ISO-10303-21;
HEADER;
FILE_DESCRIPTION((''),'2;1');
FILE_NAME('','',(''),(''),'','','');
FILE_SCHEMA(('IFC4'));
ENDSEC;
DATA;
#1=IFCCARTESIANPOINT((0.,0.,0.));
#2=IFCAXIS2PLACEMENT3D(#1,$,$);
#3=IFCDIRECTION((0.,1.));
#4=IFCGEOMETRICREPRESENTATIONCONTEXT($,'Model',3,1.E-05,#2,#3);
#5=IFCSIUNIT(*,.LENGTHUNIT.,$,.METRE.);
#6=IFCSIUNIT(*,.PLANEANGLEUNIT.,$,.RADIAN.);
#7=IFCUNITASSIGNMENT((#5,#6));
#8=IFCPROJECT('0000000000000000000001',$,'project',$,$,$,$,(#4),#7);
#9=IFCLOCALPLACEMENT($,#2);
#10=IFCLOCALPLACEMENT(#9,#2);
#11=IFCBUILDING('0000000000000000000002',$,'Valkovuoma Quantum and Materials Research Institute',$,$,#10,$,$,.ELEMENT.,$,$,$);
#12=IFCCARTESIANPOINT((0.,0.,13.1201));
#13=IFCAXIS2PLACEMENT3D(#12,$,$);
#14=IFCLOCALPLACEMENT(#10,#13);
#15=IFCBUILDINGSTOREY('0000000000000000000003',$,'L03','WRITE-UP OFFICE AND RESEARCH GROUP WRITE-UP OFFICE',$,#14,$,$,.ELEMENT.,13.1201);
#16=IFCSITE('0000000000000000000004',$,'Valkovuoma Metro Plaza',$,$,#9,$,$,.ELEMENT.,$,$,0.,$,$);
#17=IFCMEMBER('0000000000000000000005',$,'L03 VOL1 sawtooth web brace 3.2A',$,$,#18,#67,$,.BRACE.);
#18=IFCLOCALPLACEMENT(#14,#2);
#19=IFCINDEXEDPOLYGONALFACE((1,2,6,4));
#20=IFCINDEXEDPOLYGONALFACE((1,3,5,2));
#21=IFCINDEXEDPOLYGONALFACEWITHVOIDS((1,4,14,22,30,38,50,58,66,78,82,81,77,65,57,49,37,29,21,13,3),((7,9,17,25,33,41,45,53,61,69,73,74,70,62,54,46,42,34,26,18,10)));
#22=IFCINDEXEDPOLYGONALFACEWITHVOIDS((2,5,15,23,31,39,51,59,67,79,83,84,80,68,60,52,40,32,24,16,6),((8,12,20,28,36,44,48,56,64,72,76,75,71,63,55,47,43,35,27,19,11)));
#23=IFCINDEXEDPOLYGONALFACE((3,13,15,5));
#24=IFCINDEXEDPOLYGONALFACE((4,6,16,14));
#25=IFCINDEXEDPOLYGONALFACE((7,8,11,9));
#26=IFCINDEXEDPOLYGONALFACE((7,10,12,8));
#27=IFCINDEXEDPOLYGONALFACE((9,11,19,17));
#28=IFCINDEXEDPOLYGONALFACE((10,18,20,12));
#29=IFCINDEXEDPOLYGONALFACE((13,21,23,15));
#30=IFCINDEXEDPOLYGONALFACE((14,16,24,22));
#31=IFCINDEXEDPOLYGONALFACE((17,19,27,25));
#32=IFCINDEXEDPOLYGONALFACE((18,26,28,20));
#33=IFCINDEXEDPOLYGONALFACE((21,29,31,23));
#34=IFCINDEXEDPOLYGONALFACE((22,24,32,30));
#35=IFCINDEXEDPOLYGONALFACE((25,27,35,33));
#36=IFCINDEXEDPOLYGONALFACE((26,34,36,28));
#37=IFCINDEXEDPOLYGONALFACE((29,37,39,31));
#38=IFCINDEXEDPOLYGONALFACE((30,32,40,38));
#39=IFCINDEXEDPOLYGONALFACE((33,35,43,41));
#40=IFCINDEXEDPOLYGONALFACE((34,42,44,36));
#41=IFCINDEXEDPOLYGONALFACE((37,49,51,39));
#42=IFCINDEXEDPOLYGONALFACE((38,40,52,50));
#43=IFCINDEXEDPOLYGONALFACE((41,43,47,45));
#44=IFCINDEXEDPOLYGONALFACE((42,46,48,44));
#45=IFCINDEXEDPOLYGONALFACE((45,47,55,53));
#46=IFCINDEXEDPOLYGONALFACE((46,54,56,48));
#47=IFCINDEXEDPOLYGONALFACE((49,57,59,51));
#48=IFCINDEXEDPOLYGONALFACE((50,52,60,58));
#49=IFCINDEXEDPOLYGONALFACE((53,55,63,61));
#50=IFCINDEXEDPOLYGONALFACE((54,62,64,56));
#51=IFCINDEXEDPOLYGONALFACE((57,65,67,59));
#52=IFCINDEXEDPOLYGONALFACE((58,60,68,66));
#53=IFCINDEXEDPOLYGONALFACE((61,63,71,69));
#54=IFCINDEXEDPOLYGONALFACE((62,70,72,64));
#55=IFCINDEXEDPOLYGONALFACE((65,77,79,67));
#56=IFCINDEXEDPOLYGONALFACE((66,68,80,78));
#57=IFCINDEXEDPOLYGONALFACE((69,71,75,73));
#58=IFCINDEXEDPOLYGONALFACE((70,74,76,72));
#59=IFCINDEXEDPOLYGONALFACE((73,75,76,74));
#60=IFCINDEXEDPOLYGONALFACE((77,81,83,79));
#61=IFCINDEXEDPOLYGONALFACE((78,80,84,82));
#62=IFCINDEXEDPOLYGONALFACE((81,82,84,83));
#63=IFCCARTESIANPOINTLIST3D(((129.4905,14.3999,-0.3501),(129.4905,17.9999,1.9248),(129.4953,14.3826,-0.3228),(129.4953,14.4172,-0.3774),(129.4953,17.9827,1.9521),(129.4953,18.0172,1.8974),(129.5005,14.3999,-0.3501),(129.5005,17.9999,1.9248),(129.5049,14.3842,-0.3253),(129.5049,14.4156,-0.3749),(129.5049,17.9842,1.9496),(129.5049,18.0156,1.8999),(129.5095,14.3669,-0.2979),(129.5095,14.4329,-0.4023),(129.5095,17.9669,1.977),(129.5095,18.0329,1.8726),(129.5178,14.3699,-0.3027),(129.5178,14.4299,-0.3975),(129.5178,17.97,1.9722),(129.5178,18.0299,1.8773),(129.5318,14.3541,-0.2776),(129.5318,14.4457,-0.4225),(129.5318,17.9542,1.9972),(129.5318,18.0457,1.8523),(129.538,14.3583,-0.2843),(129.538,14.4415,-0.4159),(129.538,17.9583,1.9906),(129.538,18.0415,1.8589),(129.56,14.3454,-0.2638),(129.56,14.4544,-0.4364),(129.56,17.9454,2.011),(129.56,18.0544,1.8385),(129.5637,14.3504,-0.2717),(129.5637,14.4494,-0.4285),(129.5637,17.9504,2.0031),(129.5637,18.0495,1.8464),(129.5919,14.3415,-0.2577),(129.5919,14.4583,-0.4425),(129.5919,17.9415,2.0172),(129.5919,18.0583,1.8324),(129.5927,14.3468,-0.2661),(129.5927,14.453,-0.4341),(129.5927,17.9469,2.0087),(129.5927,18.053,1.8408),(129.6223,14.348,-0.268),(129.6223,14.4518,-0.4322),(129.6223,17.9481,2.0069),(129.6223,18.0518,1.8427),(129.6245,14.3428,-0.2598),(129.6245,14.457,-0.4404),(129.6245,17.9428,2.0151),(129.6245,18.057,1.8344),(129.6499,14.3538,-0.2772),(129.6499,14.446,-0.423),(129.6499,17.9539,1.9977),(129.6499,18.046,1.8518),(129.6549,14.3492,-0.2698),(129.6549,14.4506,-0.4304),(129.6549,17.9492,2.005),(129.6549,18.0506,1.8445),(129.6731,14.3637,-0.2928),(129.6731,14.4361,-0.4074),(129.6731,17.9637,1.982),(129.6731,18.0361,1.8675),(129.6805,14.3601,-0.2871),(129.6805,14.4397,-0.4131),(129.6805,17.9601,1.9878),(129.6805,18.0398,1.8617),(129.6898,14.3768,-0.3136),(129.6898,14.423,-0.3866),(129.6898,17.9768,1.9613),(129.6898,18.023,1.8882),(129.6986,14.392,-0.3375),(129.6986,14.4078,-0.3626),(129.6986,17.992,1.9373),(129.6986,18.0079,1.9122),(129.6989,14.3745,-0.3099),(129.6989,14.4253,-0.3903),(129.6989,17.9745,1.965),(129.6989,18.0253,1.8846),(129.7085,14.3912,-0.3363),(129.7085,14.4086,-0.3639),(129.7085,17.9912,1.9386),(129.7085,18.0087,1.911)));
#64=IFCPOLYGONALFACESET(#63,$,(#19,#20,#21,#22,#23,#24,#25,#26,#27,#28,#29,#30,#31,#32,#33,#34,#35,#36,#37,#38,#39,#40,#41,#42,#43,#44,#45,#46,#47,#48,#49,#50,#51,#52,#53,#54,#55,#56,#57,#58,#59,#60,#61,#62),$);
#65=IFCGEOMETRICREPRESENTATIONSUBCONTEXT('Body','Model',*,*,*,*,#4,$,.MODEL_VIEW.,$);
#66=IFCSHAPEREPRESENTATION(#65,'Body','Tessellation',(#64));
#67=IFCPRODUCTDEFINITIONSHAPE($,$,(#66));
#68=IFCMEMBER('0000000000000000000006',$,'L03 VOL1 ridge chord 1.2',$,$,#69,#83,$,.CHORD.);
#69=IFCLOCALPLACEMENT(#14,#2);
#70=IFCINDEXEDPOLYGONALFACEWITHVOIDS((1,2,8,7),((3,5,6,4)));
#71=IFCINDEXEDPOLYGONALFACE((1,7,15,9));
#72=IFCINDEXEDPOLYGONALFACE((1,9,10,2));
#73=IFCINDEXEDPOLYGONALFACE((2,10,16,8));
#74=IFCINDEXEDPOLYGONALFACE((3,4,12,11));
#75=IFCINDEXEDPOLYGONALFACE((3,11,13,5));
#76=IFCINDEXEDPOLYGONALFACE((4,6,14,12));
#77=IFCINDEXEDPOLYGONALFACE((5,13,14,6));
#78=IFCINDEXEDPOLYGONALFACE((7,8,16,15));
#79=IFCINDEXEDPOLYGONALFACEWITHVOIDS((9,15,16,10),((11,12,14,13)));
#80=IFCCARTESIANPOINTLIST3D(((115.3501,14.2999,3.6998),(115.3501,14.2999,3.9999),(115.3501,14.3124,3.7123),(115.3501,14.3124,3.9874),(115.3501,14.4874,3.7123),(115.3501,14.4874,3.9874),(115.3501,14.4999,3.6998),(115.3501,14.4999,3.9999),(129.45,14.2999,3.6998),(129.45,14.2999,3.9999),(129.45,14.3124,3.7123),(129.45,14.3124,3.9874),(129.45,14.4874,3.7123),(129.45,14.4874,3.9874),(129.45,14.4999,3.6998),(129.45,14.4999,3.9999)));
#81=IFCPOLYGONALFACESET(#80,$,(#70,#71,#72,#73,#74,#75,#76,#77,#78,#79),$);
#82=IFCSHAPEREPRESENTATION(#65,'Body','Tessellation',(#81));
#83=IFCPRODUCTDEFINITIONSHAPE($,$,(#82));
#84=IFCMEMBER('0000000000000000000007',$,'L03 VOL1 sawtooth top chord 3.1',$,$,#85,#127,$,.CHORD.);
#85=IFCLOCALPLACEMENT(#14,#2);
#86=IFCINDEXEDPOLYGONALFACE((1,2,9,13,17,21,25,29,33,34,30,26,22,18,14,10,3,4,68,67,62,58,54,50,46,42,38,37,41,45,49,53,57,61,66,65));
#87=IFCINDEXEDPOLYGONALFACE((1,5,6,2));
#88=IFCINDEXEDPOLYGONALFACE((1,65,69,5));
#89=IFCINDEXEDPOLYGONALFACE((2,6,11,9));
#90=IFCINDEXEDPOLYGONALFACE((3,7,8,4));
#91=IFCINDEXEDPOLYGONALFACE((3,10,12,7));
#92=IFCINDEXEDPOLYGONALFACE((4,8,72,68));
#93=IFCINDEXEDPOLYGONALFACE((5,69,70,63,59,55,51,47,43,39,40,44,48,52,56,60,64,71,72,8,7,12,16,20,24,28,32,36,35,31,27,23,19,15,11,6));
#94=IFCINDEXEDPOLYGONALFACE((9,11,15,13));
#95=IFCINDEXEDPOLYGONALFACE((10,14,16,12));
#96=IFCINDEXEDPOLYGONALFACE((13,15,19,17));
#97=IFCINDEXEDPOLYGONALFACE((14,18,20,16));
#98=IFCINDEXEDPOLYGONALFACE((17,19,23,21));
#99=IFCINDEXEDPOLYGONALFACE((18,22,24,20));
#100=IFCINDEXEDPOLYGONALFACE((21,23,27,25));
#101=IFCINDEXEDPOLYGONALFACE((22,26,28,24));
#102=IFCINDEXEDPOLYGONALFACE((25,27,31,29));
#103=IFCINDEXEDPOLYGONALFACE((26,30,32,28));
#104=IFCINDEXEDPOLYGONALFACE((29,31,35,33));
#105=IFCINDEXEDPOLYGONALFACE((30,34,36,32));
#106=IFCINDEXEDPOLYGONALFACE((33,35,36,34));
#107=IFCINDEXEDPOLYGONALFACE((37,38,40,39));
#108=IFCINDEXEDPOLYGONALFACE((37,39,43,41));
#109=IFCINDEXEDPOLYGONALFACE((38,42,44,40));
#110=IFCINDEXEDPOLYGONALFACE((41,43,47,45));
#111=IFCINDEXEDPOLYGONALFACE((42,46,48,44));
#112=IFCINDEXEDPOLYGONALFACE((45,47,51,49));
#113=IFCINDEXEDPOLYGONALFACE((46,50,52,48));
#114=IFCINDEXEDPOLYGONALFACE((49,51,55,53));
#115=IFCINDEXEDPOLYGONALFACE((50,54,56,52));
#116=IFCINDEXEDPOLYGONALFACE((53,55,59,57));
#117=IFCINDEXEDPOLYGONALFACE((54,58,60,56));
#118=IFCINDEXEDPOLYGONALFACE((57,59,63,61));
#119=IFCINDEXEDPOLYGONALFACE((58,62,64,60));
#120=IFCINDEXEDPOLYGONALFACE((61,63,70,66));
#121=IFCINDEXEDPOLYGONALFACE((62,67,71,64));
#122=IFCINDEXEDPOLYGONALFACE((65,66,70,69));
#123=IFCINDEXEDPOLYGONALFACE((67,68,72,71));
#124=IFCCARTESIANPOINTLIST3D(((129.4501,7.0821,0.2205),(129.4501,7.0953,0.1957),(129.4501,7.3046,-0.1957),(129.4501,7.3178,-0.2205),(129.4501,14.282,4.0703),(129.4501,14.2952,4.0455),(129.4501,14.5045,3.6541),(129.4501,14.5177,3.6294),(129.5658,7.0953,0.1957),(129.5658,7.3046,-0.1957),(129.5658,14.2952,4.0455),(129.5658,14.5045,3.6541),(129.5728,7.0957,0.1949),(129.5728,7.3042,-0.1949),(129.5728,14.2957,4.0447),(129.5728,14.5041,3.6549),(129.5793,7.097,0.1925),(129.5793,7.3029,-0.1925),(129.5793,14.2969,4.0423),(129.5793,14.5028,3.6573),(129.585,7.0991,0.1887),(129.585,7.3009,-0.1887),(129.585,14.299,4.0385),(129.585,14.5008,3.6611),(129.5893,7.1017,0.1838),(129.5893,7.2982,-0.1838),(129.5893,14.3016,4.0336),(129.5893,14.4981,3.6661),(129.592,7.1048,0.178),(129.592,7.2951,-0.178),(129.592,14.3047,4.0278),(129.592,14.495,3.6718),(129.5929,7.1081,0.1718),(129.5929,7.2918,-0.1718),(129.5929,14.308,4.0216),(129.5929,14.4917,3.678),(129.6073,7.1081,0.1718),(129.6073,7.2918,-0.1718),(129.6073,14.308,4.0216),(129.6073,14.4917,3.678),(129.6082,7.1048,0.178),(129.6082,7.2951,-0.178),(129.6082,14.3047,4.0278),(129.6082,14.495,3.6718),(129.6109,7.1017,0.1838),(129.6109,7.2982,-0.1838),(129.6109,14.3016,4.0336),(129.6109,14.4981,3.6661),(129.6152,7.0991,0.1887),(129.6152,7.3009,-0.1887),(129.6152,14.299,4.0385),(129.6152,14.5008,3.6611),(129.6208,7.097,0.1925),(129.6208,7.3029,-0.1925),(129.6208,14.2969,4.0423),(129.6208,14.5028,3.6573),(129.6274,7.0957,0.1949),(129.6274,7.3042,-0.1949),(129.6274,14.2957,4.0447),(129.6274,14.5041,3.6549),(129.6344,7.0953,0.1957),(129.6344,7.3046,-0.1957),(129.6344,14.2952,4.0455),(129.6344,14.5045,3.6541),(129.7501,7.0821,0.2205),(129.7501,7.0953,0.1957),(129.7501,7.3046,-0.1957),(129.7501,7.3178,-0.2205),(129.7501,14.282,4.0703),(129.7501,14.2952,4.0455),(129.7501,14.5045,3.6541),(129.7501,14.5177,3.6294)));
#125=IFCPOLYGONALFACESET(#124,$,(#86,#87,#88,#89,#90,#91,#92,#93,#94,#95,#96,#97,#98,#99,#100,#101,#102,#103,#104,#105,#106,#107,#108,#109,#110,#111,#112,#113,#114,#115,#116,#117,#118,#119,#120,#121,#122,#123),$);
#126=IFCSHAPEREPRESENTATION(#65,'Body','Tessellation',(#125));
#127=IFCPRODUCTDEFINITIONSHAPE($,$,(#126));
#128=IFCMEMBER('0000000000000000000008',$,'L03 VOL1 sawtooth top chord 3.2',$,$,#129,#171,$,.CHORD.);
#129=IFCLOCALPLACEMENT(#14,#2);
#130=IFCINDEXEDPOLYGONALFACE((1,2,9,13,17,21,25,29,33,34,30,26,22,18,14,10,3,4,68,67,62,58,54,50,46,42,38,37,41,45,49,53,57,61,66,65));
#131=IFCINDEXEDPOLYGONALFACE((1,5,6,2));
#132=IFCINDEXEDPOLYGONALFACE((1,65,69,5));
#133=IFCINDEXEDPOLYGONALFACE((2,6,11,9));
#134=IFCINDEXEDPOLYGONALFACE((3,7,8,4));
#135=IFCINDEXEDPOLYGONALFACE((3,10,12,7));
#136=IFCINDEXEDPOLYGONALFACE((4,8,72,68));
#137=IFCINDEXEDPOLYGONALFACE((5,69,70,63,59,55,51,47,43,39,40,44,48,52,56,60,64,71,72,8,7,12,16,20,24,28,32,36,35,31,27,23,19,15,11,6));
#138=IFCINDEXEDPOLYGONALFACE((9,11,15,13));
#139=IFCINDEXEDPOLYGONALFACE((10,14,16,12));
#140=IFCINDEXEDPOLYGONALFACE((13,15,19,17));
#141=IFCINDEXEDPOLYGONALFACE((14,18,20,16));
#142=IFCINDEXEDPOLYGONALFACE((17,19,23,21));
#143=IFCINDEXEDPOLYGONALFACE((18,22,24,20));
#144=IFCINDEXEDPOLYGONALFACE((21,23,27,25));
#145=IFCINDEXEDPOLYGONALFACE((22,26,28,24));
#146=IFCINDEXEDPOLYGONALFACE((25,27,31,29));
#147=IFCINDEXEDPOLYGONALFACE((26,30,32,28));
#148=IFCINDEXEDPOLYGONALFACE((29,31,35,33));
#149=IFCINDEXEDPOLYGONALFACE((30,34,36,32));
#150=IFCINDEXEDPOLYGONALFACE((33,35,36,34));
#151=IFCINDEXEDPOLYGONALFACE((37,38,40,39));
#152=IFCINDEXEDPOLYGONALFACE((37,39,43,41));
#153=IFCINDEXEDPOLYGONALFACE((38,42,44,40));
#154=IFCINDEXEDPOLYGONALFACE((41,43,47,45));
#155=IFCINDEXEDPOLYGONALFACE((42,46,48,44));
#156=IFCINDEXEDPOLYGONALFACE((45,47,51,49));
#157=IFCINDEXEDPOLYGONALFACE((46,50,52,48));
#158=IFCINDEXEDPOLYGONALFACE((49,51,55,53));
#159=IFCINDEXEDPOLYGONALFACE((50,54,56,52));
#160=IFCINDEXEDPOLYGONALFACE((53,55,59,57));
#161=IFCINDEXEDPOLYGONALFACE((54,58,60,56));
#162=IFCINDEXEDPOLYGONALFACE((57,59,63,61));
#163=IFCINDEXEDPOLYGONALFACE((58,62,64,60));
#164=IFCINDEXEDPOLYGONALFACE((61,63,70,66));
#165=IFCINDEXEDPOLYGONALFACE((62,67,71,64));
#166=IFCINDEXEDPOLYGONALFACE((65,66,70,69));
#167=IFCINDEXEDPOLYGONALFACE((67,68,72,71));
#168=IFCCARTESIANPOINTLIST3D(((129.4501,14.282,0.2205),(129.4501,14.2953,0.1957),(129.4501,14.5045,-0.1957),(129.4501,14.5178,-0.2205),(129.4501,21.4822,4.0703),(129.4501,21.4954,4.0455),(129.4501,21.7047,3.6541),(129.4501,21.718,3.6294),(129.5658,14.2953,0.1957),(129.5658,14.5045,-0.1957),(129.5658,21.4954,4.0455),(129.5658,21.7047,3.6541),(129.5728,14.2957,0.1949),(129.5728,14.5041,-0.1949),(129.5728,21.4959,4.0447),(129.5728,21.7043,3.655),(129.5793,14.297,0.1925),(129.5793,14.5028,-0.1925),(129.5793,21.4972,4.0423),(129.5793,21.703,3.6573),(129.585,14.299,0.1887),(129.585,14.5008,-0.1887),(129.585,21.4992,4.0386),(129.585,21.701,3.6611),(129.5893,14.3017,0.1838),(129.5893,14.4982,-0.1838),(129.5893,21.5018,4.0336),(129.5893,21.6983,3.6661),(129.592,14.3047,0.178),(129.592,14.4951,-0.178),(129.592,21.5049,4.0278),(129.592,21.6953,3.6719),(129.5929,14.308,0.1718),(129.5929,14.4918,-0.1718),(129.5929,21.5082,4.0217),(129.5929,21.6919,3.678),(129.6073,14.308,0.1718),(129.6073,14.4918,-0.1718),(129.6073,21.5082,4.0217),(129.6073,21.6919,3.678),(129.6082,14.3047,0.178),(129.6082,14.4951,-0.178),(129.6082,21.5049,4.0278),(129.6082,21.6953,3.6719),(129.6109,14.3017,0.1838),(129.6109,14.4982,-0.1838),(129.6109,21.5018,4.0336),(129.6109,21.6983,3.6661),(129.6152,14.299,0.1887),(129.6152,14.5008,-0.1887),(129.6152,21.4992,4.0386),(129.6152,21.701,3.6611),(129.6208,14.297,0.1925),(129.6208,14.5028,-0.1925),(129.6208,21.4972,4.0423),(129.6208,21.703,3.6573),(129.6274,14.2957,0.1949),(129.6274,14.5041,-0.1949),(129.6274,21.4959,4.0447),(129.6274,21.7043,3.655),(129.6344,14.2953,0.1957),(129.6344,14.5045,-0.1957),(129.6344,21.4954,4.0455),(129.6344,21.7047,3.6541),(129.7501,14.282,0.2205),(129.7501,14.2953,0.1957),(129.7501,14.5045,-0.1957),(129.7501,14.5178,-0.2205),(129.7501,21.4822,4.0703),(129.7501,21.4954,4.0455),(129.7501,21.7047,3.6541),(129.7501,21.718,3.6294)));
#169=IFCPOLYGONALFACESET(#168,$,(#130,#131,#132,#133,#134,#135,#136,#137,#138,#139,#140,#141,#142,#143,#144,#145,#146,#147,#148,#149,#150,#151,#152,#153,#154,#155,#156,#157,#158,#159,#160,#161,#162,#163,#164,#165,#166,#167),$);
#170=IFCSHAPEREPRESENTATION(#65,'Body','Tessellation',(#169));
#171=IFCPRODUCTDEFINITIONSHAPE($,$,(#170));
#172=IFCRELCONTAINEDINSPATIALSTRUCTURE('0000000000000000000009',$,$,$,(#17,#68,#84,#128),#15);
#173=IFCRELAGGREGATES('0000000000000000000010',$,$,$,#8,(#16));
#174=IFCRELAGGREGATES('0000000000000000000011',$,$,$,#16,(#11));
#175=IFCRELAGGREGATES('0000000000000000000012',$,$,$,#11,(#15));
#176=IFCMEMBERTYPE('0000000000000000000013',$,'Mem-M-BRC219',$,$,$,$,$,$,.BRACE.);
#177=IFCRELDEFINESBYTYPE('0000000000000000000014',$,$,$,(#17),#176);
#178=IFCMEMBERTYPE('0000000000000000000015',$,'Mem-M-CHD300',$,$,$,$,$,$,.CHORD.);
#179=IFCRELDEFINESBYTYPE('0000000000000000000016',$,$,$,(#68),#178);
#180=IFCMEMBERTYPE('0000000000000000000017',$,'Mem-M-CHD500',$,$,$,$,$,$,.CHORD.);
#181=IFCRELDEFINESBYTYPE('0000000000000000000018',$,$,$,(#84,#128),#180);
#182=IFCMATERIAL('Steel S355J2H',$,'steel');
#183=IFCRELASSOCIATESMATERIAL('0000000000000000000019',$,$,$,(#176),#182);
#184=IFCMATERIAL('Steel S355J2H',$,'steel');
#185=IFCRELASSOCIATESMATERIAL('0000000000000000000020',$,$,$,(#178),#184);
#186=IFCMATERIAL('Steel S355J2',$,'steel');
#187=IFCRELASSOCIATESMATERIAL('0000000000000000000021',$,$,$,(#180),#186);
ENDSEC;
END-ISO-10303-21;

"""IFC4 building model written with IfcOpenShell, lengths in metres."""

from ifc_helpers import new_model, si_unit, direction, frame, origin, origin_2d, place, context, subcontext, project, spatial, hollow_rectangle, hollow_circle, i_section, extrude, material, material_profile, profile_set, type_object, element, save


model = new_model("IFC4")

# Units and contexts
model_context = context("Model", 3, precision=1e-05, world=origin(), true_north=direction((0.0, 1.0)))
body_context = subcontext(model_context, "Body", "Model", "MODEL_VIEW")
ifc_project = project(units=[si_unit("LENGTHUNIT", "METRE"), si_unit("PLANEANGLEUNIT", "RADIAN")], contexts=[model_context])

# Site, building, storey
site_placement = place(None, origin())
site = spatial("IfcSite", under=ifc_project, at=site_placement, Name="Valkovuoma Metro Plaza", CompositionType="ELEMENT", RefElevation=0.0)
building_placement = place(site_placement, origin())
building = spatial("IfcBuilding", under=site, at=building_placement, Name="Valkovuoma Quantum and Materials Research Institute", CompositionType="ELEMENT")
storey_placement = place(building_placement, frame((0.0, 0.0, 13.1201)))
storey = spatial("IfcBuildingStorey", under=building, at=storey_placement, Name="L03", Description="WRITE-UP OFFICE AND RESEARCH GROUP WRITE-UP OFFICE", CompositionType="ELEMENT", Elevation=13.1201)

# Members
ifc_material_1 = material(Name="Steel S355J2H", Category="steel")
ifc_material_profile_1 = material_profile(ifc_material_1, hollow_circle(Radius=0.1096, WallThickness=0.01, at=origin_2d()), Name="Steel S355J2H")
ifc_profile_set_1 = profile_set([ifc_material_profile_1], Name="Steel S355J2H")
member_type_1 = type_object("IfcMemberType", Name="Mem-M-BRC219", PredefinedType="BRACE", material=ifc_profile_set_1)
for number, where, z_axis, x_axis, name in (
    (1, (129.6001, 14.3999, -0.3501), (0.0, 0.845366, 0.534187), (-1.0, 0.0, 0.0), "L03 VOL1 sawtooth web brace 3.2A"),
):
    element("IfcMember", number, at=place(storey_placement, frame(where, z_axis=z_axis, x_axis=x_axis)), inside=storey, type_object=member_type_1, Name=name, PredefinedType="BRACE", context=body_context, shape_type="SweptSolid", body=[
        extrude(hollow_circle(Radius=0.1096, WallThickness=0.01, at=origin_2d()), origin(), (0.0, 0.0, 1.0), 4.2585),
    ])
ifc_material_2 = material(Name="Steel S355J2H", Category="steel")
ifc_material_profile_2 = material_profile(ifc_material_2, hollow_rectangle(XDim=0.2, YDim=0.3, WallThickness=0.0125, at=origin_2d()), Name="Steel S355J2H")
ifc_profile_set_2 = profile_set([ifc_material_profile_2], Name="Steel S355J2H")
member_type_2 = type_object("IfcMemberType", Name="Mem-M-CHD300", PredefinedType="CHORD", material=ifc_profile_set_2)
member_1_placement = place(storey_placement, frame((115.3501, 14.3999, 3.8499), z_axis=(1.0, 0.0, 0.0), x_axis=(0.0, 1.0, 0.0)))
element("IfcMember", 2, at=member_1_placement, inside=storey, type_object=member_type_2, Name="L03 VOL1 ridge chord 1.2", PredefinedType="CHORD", context=body_context, shape_type="SweptSolid", body=[
    extrude(hollow_rectangle(XDim=0.2, YDim=0.3, WallThickness=0.0125, at=origin_2d()), origin(), (0.0, 0.0, 1.0), 14.0999),
])
ifc_material_3 = material(Name="Steel S355J2", Category="steel")
ifc_material_profile_3 = material_profile(ifc_material_3, i_section(OverallWidth=0.3, OverallDepth=0.5, WebThickness=0.0144, FlangeThickness=0.0281, FilletRadius=0.0271, at=origin_2d()), Name="Steel S355J2")
ifc_profile_set_3 = profile_set([ifc_material_profile_3], Name="Steel S355J2")
member_type_3 = type_object("IfcMemberType", Name="Mem-M-CHD500", PredefinedType="CHORD", material=ifc_profile_set_3)
member_2_placement = place(storey_placement, frame((129.6001, 7.2, 0.0), z_axis=(0.0, 0.88185, 0.47153), x_axis=(-1.0, 0.0, 0.0)))
element("IfcMember", 3, at=member_2_placement, inside=storey, type_object=member_type_3, Name="L03 VOL1 sawtooth top chord 3.1", PredefinedType="CHORD", context=body_context, shape_type="SweptSolid", body=[
    extrude(i_section(OverallWidth=0.3, OverallDepth=0.5, WebThickness=0.0144, FlangeThickness=0.0281, FilletRadius=0.0271, at=origin_2d()), origin(), (0.0, 0.0, 1.0), 8.1646),
])
member_3_placement = place(storey_placement, frame((129.6001, 14.3999, 0.0), z_axis=(0.0, 0.881857, 0.471518), x_axis=(-1.0, 0.0, 0.0)))
element("IfcMember", 4, at=member_3_placement, inside=storey, type_object=member_type_3, Name="L03 VOL1 sawtooth top chord 3.2", PredefinedType="CHORD", context=body_context, shape_type="SweptSolid", body=[
    extrude(i_section(OverallWidth=0.3, OverallDepth=0.5, WebThickness=0.0144, FlangeThickness=0.0281, FilletRadius=0.0271, at=origin_2d()), origin(), (0.0, 0.0, 1.0), 8.1648),
])

save(model, "model.ifc")
